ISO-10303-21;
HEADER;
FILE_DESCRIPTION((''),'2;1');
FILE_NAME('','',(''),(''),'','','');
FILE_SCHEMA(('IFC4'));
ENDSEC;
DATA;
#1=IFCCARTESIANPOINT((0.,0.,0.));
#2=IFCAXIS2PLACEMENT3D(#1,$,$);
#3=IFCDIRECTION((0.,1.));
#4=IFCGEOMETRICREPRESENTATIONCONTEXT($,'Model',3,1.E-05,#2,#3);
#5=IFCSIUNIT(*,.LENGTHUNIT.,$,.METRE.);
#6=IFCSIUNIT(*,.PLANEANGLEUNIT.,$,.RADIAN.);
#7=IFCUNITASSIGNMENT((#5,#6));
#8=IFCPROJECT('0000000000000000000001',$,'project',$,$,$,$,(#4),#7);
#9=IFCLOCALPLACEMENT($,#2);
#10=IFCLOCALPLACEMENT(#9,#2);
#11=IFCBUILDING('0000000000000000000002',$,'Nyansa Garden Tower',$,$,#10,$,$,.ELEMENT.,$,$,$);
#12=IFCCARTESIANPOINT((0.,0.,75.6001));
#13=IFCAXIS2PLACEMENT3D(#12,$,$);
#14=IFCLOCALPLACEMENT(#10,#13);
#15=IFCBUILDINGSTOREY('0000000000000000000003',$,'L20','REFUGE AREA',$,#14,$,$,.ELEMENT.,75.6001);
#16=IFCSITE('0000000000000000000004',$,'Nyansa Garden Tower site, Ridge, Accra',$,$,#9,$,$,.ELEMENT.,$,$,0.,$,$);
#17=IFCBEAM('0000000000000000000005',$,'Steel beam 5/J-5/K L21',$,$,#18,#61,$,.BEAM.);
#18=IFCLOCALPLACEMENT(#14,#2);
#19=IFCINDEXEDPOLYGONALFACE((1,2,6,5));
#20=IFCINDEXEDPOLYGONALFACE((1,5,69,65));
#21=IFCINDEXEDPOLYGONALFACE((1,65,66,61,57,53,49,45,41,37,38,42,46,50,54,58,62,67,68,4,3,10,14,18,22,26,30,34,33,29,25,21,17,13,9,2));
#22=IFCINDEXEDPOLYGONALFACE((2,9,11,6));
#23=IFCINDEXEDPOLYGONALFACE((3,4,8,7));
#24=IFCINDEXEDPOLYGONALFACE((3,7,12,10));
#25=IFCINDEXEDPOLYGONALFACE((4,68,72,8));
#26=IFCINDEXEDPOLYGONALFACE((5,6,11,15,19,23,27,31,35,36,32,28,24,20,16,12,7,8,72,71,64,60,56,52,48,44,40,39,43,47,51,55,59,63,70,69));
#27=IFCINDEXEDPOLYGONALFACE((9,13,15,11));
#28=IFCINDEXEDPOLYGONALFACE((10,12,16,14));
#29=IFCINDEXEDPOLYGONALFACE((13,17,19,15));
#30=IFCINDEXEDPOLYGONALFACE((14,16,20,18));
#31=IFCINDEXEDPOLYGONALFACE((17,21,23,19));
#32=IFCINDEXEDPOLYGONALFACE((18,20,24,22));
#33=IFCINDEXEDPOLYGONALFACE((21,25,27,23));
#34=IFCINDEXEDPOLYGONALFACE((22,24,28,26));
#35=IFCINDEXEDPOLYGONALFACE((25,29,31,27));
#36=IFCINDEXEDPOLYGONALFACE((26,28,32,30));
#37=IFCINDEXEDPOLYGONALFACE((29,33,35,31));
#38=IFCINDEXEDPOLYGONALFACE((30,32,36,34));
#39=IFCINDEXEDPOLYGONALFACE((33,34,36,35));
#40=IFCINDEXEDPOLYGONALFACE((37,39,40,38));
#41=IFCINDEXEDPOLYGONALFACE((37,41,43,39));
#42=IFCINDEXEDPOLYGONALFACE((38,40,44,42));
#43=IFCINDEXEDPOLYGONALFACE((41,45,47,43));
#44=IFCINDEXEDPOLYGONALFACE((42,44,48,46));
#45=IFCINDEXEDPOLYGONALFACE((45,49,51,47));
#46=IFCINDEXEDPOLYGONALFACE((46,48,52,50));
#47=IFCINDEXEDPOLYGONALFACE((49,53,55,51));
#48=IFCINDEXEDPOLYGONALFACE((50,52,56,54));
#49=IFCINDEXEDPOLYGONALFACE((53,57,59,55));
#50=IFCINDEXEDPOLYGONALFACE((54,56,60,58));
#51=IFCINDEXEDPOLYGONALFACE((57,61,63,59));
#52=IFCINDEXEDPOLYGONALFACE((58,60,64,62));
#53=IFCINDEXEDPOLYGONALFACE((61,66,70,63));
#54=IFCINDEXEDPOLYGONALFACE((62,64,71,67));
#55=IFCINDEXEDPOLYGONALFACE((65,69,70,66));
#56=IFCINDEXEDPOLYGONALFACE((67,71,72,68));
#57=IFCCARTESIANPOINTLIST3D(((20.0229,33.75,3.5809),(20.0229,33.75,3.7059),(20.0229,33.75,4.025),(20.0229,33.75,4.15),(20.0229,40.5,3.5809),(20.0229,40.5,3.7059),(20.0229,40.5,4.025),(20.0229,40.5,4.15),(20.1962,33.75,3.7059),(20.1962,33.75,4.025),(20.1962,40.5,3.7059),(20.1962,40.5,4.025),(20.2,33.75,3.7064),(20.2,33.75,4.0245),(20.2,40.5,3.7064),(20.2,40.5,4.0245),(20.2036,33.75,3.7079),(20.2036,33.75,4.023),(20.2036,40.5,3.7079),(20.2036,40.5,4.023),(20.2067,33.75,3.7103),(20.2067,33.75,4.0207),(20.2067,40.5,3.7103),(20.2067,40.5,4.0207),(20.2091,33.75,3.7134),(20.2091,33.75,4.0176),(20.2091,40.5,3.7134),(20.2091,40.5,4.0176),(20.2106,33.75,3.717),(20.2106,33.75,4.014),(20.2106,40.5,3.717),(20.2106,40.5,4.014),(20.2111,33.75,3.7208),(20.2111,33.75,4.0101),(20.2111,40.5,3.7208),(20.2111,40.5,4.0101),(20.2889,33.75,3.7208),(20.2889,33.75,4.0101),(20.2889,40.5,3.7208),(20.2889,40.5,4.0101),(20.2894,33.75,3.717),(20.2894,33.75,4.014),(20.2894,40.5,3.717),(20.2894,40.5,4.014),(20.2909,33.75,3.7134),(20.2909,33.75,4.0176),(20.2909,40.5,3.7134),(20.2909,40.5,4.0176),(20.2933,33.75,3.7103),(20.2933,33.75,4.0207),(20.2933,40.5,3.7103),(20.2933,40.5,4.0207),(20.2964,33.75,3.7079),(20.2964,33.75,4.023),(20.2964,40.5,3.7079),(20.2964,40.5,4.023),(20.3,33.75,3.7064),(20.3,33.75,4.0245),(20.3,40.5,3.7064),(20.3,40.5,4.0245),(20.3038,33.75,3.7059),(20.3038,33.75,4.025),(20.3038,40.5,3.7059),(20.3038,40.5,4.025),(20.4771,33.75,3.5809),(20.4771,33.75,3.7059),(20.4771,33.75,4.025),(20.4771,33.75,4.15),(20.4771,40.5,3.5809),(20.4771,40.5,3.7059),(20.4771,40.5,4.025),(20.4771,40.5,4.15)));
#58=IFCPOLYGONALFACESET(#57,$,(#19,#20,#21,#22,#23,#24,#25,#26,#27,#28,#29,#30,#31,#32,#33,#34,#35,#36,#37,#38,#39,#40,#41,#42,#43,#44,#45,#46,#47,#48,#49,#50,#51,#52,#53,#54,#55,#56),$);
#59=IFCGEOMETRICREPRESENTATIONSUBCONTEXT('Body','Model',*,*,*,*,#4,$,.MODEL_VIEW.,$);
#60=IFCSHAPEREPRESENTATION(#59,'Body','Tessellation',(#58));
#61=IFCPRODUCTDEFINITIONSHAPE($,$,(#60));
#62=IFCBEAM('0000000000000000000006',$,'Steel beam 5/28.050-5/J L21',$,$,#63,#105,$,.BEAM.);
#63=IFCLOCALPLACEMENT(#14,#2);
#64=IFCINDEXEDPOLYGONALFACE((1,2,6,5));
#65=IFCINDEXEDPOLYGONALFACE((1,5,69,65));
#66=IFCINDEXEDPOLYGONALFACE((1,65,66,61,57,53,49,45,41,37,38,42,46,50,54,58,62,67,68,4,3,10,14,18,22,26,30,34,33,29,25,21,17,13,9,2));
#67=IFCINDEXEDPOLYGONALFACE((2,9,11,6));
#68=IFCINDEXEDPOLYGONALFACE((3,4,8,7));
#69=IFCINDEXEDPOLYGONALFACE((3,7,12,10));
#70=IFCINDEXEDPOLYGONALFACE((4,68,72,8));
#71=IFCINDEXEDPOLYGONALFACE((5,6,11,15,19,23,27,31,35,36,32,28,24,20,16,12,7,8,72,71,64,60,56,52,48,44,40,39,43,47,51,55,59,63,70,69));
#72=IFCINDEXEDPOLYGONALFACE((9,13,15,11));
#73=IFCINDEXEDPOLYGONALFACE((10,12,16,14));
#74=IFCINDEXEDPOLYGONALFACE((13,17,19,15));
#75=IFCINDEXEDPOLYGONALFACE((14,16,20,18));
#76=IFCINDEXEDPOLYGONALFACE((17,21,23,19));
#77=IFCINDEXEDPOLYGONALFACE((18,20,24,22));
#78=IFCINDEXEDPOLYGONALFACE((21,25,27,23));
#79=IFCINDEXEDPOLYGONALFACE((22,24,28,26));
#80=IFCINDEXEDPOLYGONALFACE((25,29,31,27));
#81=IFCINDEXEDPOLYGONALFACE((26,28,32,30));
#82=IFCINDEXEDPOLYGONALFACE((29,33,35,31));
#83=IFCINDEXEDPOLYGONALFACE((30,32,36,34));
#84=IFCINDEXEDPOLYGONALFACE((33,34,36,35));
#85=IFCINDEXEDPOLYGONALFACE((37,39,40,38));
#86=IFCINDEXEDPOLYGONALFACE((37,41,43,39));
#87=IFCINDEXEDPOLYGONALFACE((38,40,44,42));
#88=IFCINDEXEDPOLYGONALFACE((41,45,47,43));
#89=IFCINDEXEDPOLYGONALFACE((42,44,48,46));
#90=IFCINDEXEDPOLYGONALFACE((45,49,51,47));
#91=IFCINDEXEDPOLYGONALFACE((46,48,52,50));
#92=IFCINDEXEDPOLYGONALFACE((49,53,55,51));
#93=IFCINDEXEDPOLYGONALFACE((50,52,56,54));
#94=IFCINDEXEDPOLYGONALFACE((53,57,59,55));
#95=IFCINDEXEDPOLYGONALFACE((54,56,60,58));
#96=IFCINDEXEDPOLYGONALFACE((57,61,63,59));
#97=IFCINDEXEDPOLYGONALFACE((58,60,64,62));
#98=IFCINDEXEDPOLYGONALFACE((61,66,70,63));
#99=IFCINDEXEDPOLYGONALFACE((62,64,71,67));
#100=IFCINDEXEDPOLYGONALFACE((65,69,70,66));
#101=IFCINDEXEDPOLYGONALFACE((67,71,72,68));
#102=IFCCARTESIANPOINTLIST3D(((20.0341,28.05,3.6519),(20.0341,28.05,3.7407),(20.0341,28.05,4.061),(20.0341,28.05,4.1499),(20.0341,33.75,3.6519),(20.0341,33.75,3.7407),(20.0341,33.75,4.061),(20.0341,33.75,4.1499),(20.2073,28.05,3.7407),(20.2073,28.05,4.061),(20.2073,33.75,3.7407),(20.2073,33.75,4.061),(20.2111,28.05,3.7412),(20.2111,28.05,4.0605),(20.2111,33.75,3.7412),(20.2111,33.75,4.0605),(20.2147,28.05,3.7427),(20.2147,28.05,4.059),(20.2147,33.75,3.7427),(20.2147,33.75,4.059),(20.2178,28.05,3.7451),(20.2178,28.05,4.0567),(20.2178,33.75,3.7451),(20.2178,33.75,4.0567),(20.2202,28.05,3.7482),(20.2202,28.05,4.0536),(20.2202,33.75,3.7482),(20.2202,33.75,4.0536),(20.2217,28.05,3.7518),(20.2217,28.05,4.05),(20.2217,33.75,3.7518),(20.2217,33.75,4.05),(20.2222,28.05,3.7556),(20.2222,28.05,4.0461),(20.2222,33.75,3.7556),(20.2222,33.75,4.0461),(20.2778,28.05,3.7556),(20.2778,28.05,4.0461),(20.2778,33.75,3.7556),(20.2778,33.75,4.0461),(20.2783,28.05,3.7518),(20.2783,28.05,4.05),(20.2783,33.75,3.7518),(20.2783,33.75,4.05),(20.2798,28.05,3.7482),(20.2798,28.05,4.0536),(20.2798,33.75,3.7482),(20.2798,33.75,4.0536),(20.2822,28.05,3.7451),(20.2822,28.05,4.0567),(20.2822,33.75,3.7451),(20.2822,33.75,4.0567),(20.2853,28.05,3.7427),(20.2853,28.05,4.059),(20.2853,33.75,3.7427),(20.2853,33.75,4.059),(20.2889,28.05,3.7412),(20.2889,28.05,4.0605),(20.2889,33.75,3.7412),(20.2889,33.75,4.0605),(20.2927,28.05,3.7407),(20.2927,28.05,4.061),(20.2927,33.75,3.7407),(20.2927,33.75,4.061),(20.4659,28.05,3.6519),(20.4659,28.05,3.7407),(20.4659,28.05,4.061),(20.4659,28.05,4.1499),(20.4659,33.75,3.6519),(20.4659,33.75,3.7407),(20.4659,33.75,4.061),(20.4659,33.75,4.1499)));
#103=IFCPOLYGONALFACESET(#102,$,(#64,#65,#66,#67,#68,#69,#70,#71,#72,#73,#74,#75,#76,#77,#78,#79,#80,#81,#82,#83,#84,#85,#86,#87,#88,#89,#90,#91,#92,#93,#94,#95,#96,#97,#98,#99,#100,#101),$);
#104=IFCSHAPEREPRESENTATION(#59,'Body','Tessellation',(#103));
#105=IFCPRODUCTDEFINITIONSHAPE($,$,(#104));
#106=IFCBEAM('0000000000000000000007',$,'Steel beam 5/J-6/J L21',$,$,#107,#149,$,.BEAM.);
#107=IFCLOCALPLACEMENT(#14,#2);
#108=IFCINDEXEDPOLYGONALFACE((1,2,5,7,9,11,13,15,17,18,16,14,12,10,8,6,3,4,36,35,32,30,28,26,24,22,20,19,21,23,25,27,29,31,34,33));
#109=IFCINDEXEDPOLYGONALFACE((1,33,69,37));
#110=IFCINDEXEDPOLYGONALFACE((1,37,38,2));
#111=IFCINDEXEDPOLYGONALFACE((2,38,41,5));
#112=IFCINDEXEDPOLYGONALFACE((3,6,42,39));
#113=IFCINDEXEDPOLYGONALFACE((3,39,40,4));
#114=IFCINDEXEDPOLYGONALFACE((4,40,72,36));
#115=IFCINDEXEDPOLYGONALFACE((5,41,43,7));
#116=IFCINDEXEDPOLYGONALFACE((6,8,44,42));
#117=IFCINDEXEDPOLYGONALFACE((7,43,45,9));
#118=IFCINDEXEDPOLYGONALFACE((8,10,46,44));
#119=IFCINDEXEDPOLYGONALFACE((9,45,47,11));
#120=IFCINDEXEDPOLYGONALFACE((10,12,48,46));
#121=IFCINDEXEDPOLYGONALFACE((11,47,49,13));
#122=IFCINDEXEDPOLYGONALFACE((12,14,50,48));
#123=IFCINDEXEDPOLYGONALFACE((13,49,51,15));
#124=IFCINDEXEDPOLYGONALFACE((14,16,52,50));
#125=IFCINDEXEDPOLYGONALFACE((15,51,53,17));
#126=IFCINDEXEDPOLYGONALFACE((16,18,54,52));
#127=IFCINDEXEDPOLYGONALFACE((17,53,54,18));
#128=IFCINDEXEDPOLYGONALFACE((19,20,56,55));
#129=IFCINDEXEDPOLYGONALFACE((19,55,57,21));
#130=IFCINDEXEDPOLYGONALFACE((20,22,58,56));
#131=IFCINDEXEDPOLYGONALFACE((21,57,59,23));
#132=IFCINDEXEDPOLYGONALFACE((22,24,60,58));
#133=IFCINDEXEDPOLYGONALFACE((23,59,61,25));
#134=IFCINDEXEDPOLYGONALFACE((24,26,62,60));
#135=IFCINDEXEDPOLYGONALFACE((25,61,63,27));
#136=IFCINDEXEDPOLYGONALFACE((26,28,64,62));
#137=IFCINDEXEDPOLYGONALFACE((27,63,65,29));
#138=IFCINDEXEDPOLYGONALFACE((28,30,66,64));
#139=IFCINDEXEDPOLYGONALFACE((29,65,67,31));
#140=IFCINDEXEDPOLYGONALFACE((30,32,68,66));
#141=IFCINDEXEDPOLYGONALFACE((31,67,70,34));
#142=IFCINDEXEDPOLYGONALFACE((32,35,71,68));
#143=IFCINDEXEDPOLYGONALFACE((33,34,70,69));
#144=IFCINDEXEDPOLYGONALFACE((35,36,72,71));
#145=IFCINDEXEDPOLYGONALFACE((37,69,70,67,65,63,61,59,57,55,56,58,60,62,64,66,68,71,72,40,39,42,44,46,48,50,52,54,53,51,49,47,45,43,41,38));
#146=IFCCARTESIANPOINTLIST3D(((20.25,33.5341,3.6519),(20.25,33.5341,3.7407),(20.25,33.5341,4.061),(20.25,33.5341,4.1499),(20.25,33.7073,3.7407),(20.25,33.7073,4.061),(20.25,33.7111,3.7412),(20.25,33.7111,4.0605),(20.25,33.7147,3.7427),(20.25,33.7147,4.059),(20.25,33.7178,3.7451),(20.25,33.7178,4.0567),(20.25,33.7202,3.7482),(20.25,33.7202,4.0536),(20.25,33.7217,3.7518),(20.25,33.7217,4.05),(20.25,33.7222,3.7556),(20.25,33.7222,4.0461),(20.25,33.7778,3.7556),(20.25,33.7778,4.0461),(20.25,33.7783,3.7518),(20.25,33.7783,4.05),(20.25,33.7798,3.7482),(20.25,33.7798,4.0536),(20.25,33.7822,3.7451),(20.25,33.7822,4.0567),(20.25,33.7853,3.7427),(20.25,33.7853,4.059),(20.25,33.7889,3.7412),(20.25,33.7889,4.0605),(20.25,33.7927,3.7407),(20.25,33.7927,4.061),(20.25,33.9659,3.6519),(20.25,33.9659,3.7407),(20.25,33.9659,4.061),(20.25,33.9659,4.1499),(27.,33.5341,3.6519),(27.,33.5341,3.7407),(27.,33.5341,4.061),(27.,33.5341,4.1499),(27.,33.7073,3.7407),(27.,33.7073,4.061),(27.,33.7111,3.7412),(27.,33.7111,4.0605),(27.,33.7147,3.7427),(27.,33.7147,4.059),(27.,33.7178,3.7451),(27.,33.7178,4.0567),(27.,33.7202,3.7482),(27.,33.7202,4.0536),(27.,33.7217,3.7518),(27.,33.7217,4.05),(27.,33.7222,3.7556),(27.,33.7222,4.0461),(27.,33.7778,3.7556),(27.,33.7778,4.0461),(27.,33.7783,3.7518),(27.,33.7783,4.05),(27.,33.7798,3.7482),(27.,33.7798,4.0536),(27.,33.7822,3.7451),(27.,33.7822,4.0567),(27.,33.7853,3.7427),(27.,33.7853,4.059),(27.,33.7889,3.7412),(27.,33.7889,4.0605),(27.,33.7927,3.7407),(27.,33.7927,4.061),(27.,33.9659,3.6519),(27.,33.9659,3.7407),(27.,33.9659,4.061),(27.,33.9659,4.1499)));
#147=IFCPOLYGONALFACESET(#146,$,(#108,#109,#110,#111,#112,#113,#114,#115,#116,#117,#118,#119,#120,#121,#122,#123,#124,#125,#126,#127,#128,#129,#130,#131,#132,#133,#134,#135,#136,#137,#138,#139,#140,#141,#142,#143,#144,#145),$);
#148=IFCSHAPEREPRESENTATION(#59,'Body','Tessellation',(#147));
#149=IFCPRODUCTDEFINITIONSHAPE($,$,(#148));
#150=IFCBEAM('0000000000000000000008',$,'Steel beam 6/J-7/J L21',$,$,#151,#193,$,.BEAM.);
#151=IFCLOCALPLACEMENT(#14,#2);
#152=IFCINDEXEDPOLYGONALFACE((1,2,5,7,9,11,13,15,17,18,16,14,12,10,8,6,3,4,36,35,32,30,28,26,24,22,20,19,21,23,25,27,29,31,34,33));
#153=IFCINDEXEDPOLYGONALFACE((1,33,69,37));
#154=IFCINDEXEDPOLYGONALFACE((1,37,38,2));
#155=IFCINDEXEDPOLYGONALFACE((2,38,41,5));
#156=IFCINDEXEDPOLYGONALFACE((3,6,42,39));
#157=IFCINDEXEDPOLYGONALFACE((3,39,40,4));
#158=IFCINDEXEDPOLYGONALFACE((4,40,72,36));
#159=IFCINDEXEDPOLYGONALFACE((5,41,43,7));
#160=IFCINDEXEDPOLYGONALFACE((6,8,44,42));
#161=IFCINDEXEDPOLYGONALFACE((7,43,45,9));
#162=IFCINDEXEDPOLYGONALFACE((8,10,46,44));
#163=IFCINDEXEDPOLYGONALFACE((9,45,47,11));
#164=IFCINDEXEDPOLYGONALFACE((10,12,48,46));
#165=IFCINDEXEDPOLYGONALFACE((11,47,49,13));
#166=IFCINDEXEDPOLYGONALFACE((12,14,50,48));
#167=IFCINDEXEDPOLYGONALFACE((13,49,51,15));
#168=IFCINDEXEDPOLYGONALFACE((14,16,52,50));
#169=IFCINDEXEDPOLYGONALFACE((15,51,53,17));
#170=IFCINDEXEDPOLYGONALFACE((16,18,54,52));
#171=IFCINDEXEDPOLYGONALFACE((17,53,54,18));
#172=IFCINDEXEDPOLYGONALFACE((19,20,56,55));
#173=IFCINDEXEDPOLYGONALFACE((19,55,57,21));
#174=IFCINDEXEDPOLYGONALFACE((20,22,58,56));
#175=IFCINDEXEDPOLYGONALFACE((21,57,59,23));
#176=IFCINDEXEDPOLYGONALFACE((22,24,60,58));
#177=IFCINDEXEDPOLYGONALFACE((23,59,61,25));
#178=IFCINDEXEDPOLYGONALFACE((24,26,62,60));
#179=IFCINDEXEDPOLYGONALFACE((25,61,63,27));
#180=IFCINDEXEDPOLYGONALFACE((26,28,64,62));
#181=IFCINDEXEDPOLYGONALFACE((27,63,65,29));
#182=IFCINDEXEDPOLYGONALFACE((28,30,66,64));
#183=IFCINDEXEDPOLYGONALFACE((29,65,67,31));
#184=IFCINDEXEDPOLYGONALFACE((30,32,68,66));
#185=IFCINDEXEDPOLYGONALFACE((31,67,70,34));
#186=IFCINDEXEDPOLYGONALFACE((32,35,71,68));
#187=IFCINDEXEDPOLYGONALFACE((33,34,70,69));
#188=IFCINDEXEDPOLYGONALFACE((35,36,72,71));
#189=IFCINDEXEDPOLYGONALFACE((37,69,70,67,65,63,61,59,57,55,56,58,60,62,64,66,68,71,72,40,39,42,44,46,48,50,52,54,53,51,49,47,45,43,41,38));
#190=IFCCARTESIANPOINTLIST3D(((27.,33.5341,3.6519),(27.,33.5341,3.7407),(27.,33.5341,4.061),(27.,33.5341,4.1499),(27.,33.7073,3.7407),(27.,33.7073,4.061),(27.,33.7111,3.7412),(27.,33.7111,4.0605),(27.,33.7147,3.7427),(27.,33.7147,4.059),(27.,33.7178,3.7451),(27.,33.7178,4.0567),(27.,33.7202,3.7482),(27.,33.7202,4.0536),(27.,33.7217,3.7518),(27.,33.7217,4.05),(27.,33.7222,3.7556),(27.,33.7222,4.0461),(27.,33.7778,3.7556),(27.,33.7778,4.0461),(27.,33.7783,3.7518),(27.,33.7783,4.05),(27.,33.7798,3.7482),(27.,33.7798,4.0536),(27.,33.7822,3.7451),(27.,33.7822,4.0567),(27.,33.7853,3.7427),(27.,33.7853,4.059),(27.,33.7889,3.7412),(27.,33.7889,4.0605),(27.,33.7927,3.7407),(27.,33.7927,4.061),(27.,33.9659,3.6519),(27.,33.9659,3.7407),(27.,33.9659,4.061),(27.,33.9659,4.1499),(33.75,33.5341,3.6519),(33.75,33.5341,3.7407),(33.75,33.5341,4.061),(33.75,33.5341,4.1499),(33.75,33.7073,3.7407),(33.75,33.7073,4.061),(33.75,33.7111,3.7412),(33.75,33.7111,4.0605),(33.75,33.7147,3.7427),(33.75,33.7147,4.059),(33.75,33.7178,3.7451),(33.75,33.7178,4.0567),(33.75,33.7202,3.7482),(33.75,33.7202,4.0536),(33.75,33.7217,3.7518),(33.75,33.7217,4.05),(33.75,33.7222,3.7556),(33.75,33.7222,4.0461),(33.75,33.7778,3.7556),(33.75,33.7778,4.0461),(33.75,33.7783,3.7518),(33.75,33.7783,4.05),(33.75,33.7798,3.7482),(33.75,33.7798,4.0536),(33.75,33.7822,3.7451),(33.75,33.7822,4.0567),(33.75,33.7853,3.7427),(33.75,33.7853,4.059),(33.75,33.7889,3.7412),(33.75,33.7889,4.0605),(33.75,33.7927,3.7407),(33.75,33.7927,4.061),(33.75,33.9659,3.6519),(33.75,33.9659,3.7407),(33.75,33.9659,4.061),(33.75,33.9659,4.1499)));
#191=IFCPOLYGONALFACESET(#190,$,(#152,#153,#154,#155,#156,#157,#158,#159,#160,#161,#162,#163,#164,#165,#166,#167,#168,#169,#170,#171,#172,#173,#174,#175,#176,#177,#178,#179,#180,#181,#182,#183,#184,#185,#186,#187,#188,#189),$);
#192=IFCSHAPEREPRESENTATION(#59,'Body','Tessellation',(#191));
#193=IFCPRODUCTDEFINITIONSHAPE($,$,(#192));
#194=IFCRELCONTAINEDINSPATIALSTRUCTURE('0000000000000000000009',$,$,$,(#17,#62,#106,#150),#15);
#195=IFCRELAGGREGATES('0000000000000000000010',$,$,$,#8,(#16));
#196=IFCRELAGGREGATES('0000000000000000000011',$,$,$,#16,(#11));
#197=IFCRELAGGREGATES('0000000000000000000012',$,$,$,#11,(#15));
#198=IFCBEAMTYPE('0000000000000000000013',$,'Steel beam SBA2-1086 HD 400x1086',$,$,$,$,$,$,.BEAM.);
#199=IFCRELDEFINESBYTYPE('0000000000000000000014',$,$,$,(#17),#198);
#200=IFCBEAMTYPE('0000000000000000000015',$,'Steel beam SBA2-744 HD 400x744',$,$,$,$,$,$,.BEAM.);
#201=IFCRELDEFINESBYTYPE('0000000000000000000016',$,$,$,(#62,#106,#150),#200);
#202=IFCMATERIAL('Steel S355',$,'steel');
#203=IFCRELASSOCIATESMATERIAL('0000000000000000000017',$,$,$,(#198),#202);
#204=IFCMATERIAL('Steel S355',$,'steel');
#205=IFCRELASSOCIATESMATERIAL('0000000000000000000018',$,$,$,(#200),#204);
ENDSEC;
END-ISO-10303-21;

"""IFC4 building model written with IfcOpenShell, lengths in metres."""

from ifc_helpers import new_model, si_unit, direction, frame, origin, origin_2d, place, context, subcontext, project, spatial, i_section, extrude, material, material_profile, profile_set, type_object, element, save


model = new_model("IFC4")

# Units and contexts
model_context = context("Model", 3, precision=1e-05, world=origin(), true_north=direction((0.0, 1.0)))
body_context = subcontext(model_context, "Body", "Model", "MODEL_VIEW")
ifc_project = project(units=[si_unit("LENGTHUNIT", "METRE"), si_unit("PLANEANGLEUNIT", "RADIAN")], contexts=[model_context])

# Site, building, storey
site_placement = place(None, origin())
site = spatial("IfcSite", under=ifc_project, at=site_placement, Name="Nyansa Garden Tower site, Ridge, Accra", CompositionType="ELEMENT", RefElevation=0.0)
building_placement = place(site_placement, origin())
building = spatial("IfcBuilding", under=site, at=building_placement, Name="Nyansa Garden Tower", CompositionType="ELEMENT")
storey_placement = place(building_placement, frame((0.0, 0.0, 75.6001)))
storey = spatial("IfcBuildingStorey", under=building, at=storey_placement, Name="L20", Description="REFUGE AREA", CompositionType="ELEMENT", Elevation=75.6001)

# Beams
ifc_material_1 = material(Name="Steel S355", Category="steel")
ifc_material_profile_1 = material_profile(ifc_material_1, i_section(OverallWidth=0.4541, OverallDepth=0.5691, WebThickness=0.0779, FlangeThickness=0.125, FilletRadius=0.0149, at=origin_2d()), Name="HD 400x1086")
ifc_profile_set_1 = profile_set([ifc_material_profile_1], Name="Steel S355")
beam_type_1 = type_object("IfcBeamType", Name="Steel beam SBA2-1086 HD 400x1086", PredefinedType="BEAM", material=ifc_profile_set_1)
beam_1_placement = place(storey_placement, frame((20.25, 33.75, 3.8655), z_axis=(0.0, 1.0, 0.0), x_axis=(-1.0, 0.0, 0.0)))
element("IfcBeam", 1, at=beam_1_placement, inside=storey, type_object=beam_type_1, Name="Steel beam 5/J-5/K L21", PredefinedType="BEAM", context=body_context, shape_type="SweptSolid", body=[
    extrude(i_section(OverallWidth=0.4541, OverallDepth=0.5691, WebThickness=0.0779, FlangeThickness=0.125, FilletRadius=0.0149, at=origin_2d()), origin(), (0.0, 0.0, 1.0), 6.75),
])
ifc_material_2 = material(Name="Steel S355", Category="steel")
ifc_material_profile_2 = material_profile(ifc_material_2, i_section(OverallWidth=0.4319, OverallDepth=0.498, WebThickness=0.0557, FlangeThickness=0.0889, FilletRadius=0.0149, at=origin_2d()), Name="HD 400x744")
ifc_profile_set_2 = profile_set([ifc_material_profile_2], Name="Steel S355")
beam_type_2 = type_object("IfcBeamType", Name="Steel beam SBA2-744 HD 400x744", PredefinedType="BEAM", material=ifc_profile_set_2)
beam_2_placement = place(storey_placement, frame((20.25, 28.05, 3.9009), z_axis=(0.0, 1.0, 0.0), x_axis=(-1.0, 0.0, 0.0)))
element("IfcBeam", 2, at=beam_2_placement, inside=storey, type_object=beam_type_2, Name="Steel beam 5/28.050-5/J L21", PredefinedType="BEAM", context=body_context, shape_type="SweptSolid", body=[
    extrude(i_section(OverallWidth=0.4319, OverallDepth=0.498, WebThickness=0.0557, FlangeThickness=0.0889, FilletRadius=0.0149, at=origin_2d()), origin(), (0.0, 0.0, 1.0), 5.7),
])
for number, where, z_axis, x_axis, name in (
    (3, (20.25, 33.75, 3.9009), (1.0, 0.0, 0.0), (0.0, 1.0, 0.0), "Steel beam 5/J-6/J L21"),
    (4, (27.0, 33.75, 3.9009), (1.0, 0.0, 0.0), (0.0, 1.0, 0.0), "Steel beam 6/J-7/J L21"),
):
    element("IfcBeam", number, at=place(storey_placement, frame(where, z_axis=z_axis, x_axis=x_axis)), inside=storey, type_object=beam_type_2, Name=name, PredefinedType="BEAM", context=body_context, shape_type="SweptSolid", body=[
        extrude(i_section(OverallWidth=0.4319, OverallDepth=0.498, WebThickness=0.0557, FlangeThickness=0.0889, FilletRadius=0.0149, at=origin_2d()), origin(), (0.0, 0.0, 1.0), 6.75),
    ])

save(model, "model.ifc")
